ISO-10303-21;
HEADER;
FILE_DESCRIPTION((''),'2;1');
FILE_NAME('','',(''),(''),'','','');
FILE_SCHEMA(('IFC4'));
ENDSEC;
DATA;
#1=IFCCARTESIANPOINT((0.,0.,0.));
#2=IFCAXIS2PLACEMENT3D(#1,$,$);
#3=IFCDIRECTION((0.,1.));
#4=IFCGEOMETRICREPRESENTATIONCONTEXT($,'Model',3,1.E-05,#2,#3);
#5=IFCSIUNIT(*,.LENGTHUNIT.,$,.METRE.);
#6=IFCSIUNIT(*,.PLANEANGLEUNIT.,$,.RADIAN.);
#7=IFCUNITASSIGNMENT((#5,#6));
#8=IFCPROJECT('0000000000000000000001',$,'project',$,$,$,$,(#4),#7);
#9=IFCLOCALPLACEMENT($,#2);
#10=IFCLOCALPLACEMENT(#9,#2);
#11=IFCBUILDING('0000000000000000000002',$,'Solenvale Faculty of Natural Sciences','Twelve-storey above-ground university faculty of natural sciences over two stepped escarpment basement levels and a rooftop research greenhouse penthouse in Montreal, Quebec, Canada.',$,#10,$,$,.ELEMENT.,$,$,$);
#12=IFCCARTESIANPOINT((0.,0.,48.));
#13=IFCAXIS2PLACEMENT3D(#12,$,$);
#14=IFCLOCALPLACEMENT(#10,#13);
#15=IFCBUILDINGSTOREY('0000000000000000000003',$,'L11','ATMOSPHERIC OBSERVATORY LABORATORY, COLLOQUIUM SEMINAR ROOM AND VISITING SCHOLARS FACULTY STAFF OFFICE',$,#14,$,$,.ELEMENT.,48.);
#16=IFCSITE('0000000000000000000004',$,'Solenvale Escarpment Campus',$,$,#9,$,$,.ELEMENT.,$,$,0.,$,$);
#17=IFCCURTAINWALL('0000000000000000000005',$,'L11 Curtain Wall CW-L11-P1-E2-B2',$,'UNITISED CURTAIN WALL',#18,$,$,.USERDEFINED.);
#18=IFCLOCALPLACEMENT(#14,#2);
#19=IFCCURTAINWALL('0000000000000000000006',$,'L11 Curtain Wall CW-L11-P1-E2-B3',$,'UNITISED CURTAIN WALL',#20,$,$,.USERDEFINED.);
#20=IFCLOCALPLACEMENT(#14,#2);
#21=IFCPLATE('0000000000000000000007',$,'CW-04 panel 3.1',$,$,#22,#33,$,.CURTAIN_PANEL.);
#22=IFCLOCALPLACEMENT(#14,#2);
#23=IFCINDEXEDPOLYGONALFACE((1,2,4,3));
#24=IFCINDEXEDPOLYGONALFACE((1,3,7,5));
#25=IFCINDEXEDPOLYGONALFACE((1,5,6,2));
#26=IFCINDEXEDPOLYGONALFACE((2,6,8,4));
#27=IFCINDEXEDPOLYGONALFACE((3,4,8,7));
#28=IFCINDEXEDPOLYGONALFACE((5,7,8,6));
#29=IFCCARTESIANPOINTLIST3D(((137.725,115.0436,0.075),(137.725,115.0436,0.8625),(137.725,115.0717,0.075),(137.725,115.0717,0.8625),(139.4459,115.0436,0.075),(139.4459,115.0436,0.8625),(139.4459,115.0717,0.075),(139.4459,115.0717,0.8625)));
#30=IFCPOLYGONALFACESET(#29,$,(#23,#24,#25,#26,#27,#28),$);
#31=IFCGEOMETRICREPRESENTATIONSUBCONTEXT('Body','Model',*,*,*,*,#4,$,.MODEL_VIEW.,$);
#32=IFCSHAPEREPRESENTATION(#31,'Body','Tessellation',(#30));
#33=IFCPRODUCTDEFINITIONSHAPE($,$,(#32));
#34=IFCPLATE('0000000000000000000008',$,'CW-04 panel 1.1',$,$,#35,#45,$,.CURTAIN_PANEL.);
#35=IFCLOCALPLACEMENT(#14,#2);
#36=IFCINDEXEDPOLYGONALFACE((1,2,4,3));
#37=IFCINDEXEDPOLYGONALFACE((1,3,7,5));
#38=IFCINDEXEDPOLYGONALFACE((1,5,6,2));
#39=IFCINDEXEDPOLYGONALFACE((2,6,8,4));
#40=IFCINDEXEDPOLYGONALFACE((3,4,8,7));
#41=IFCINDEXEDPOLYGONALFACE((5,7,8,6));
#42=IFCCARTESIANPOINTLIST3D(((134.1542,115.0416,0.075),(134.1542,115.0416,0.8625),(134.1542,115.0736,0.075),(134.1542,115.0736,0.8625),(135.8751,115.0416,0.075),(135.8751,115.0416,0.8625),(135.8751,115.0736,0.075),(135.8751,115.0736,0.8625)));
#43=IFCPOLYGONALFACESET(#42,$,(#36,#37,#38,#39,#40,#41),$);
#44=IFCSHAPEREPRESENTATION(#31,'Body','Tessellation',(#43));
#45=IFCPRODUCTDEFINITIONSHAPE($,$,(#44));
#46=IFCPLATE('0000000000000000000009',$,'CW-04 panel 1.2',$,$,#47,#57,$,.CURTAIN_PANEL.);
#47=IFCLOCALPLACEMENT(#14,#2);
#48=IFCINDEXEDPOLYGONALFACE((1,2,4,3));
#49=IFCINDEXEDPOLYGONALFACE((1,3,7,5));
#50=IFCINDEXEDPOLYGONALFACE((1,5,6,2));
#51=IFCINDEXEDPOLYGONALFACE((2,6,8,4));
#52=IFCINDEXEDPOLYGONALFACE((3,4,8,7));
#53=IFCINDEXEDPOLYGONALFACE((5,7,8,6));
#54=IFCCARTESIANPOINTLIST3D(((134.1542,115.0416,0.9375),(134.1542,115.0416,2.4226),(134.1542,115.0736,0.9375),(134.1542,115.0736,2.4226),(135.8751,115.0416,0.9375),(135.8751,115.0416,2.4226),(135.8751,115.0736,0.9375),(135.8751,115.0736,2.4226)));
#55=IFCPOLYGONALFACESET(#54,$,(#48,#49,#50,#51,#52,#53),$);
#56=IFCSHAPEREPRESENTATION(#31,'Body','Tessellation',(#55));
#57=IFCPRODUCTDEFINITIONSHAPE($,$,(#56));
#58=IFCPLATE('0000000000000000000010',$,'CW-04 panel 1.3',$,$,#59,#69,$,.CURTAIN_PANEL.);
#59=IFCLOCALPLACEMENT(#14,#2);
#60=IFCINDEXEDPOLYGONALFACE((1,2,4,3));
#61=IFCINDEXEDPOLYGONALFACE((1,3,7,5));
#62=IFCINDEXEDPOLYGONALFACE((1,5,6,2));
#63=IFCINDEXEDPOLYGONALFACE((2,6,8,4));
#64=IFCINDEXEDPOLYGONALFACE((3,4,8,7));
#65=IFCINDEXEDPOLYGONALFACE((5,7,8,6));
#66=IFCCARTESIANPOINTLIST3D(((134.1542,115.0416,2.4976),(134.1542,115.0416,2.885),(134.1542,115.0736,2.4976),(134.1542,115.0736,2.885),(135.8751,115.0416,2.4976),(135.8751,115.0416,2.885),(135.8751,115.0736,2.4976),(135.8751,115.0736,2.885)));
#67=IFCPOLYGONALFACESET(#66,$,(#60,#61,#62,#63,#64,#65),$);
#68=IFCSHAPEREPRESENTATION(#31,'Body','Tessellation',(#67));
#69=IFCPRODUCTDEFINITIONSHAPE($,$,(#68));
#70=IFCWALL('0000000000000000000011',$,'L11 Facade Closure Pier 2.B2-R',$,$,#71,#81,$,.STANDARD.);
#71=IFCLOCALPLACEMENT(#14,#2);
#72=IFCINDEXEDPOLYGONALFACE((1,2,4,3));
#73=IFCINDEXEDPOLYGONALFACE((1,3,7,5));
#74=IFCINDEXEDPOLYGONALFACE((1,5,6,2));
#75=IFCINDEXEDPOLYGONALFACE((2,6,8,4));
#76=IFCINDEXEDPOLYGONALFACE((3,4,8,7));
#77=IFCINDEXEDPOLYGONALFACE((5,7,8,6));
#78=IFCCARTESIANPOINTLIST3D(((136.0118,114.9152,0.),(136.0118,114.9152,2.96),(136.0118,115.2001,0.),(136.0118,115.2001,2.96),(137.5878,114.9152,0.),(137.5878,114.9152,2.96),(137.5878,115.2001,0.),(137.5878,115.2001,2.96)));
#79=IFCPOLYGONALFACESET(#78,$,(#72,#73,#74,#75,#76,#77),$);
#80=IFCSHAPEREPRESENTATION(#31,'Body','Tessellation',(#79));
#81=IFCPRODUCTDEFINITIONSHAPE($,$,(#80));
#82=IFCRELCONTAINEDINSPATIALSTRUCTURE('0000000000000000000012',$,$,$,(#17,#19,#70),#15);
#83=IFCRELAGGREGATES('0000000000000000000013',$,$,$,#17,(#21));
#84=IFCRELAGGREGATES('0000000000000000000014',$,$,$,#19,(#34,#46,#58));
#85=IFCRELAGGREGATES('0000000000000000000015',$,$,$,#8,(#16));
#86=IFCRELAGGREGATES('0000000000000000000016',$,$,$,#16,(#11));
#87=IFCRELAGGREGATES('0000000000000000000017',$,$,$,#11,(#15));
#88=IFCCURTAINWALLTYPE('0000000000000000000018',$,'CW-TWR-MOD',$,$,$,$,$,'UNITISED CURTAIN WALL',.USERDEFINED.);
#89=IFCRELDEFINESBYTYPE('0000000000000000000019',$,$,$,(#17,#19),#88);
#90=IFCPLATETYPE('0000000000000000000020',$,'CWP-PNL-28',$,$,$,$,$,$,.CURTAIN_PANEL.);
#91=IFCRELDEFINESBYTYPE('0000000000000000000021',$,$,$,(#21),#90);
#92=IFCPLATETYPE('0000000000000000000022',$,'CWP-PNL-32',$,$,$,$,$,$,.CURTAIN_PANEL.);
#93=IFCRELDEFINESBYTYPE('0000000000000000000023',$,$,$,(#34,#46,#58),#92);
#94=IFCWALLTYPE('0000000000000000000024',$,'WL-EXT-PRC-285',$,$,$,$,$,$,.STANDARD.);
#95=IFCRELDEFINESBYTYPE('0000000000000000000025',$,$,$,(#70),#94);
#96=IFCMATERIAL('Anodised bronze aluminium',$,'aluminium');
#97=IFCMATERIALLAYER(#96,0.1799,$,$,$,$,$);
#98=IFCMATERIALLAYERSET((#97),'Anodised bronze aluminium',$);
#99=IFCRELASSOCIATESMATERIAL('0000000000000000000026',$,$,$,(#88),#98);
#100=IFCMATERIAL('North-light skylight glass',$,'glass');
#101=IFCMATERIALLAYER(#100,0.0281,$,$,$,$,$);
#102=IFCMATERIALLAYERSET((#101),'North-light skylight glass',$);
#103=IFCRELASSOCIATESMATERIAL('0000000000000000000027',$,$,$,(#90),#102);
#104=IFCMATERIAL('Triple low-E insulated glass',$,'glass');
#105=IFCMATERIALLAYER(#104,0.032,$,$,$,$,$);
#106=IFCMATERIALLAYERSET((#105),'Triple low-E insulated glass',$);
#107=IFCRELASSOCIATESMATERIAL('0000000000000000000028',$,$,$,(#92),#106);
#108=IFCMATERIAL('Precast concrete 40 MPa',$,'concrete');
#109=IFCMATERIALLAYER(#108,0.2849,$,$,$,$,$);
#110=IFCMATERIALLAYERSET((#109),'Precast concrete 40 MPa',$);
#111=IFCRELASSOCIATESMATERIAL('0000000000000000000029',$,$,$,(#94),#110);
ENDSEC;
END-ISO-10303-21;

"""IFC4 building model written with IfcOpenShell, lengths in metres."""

from ifc_helpers import new_model, si_unit, direction, frame, frame_2d, origin, origin_2d, place, context, subcontext, project, spatial, rectangle, extrude, material, layer, layer_set, type_object, element, aggregate, save


model = new_model("IFC4")

# Units and contexts
model_context = context("Model", 3, precision=1e-05, world=origin(), true_north=direction((0.0, 1.0)))
body_context = subcontext(model_context, "Body", "Model", "MODEL_VIEW")
ifc_project = project(units=[si_unit("LENGTHUNIT", "METRE"), si_unit("PLANEANGLEUNIT", "RADIAN")], contexts=[model_context])

# Site, building, storey
site_placement = place(None, origin())
site = spatial("IfcSite", under=ifc_project, at=site_placement, Name="Solenvale Escarpment Campus", CompositionType="ELEMENT", RefElevation=0.0)
building_placement = place(site_placement, origin())
building = spatial("IfcBuilding", under=site, at=building_placement, Name="Solenvale Faculty of Natural Sciences", Description="Twelve-storey above-ground university faculty of natural sciences over two stepped escarpment basement levels and a rooftop research greenhouse penthouse in Montreal, Quebec, Canada.", CompositionType="ELEMENT")
storey_placement = place(building_placement, frame((0.0, 0.0, 48.0)))
storey = spatial("IfcBuildingStorey", under=building, at=storey_placement, Name="L11", Description="ATMOSPHERIC OBSERVATORY LABORATORY, COLLOQUIUM SEMINAR ROOM AND VISITING SCHOLARS FACULTY STAFF OFFICE", CompositionType="ELEMENT", Elevation=48.0)

# Curtain wall
ifc_material_1 = material(Name="Anodised bronze aluminium", Category="aluminium")
ifc_layer_1 = layer(ifc_material_1, 0.1799)
ifc_layer_set_1 = layer_set([ifc_layer_1], Name="Anodised bronze aluminium")
curtain_wall_type = type_object("IfcCurtainWallType", Name="CW-TWR-MOD", ElementType="UNITISED CURTAIN WALL", PredefinedType="USERDEFINED", material=ifc_layer_set_1)
curtain_wall_1_placement = place(storey_placement, origin())
curtain_wall_1 = element("IfcCurtainWall", 1, at=curtain_wall_1_placement, inside=storey, type_object=curtain_wall_type, Name="L11 Curtain Wall CW-L11-P1-E2-B2", ObjectType="UNITISED CURTAIN WALL", PredefinedType="USERDEFINED")

# Curtain wall
curtain_wall_2_placement = place(storey_placement, origin())
curtain_wall_2 = element("IfcCurtainWall", 2, at=curtain_wall_2_placement, inside=storey, type_object=curtain_wall_type, Name="L11 Curtain Wall CW-L11-P1-E2-B3", ObjectType="UNITISED CURTAIN WALL", PredefinedType="USERDEFINED")

# Plates
ifc_material_2 = material(Name="North-light skylight glass", Category="glass")
ifc_layer_2 = layer(ifc_material_2, 0.0281)
ifc_layer_set_2 = layer_set([ifc_layer_2], Name="North-light skylight glass")
plate_type_1 = type_object("IfcPlateType", Name="CWP-PNL-28", PredefinedType="CURTAIN_PANEL", material=ifc_layer_set_2)
plate_1_placement = place(storey_placement, frame((138.5854, 115.0576, 0.075), z_axis=(0.0, 0.0, 1.0), x_axis=(-1.0, 0.0, 0.0)))
plate_1 = element("IfcPlate", 3, at=plate_1_placement, type_object=plate_type_1, Name="CW-04 panel 3.1", PredefinedType="CURTAIN_PANEL", context=body_context, shape_type="SweptSolid", body=[
    extrude(rectangle(XDim=1.7209, YDim=0.0281, at=origin_2d()), origin(), (0.0, 0.0, 1.0), 0.7876),
])
aggregate(curtain_wall_1, [plate_1])
ifc_material_3 = material(Name="Triple low-E insulated glass", Category="glass")
ifc_layer_3 = layer(ifc_material_3, 0.032)
ifc_layer_set_3 = layer_set([ifc_layer_3], Name="Triple low-E insulated glass")
plate_type_2 = type_object("IfcPlateType", Name="CWP-PNL-32", PredefinedType="CURTAIN_PANEL", material=ifc_layer_set_3)
plate_2_placement = place(storey_placement, frame((135.0146, 115.0576, 0.075), z_axis=(0.0, 0.0, 1.0), x_axis=(-1.0, 0.0, 0.0)))
plate_2 = element("IfcPlate", 4, at=plate_2_placement, type_object=plate_type_2, Name="CW-04 panel 1.1", PredefinedType="CURTAIN_PANEL", context=body_context, shape_type="SweptSolid", body=[
    extrude(rectangle(XDim=1.7209, YDim=0.032, at=origin_2d()), origin(), (0.0, 0.0, 1.0), 0.7876),
])
plate_3_placement = place(storey_placement, frame((135.0146, 115.0576, 0.9375), z_axis=(0.0, 0.0, 1.0), x_axis=(-1.0, 0.0, 0.0)))
plate_3 = element("IfcPlate", 5, at=plate_3_placement, type_object=plate_type_2, Name="CW-04 panel 1.2", PredefinedType="CURTAIN_PANEL", context=body_context, shape_type="SweptSolid", body=[
    extrude(rectangle(XDim=1.7209, YDim=0.032, at=origin_2d()), origin(), (0.0, 0.0, 1.0), 1.4851),
])
plate_4_placement = place(storey_placement, frame((135.0146, 115.0576, 2.4976), z_axis=(0.0, 0.0, 1.0), x_axis=(-1.0, 0.0, 0.0)))
plate_4 = element("IfcPlate", 6, at=plate_4_placement, type_object=plate_type_2, Name="CW-04 panel 1.3", PredefinedType="CURTAIN_PANEL", context=body_context, shape_type="SweptSolid", body=[
    extrude(rectangle(XDim=1.7209, YDim=0.032, at=origin_2d()), origin(), (0.0, 0.0, 1.0), 0.3875),
])
aggregate(curtain_wall_2, [plate_2, plate_3, plate_4])

# Wall
ifc_material_4 = material(Name="Precast concrete 40 MPa", Category="concrete")
ifc_layer_4 = layer(ifc_material_4, 0.2849)
ifc_layer_set_4 = layer_set([ifc_layer_4], Name="Precast concrete 40 MPa")
wall_type = type_object("IfcWallType", Name="WL-EXT-PRC-285", PredefinedType="STANDARD", material=ifc_layer_set_4)
wall_placement = place(storey_placement, frame((137.5879, 115.0576, 0.0), z_axis=(0.0, 0.0, 1.0), x_axis=(-1.0, 0.0, 0.0)))
element("IfcWall", 7, at=wall_placement, inside=storey, type_object=wall_type, Name="L11 Facade Closure Pier 2.B2-R", PredefinedType="STANDARD", context=body_context, shape_type="SweptSolid", body=[
    extrude(rectangle(XDim=1.5759, YDim=0.2849, at=frame_2d((0.7881, 0.0))), origin(), (0.0, 0.0, 1.0), 2.96),
])

save(model, "model.ifc")
